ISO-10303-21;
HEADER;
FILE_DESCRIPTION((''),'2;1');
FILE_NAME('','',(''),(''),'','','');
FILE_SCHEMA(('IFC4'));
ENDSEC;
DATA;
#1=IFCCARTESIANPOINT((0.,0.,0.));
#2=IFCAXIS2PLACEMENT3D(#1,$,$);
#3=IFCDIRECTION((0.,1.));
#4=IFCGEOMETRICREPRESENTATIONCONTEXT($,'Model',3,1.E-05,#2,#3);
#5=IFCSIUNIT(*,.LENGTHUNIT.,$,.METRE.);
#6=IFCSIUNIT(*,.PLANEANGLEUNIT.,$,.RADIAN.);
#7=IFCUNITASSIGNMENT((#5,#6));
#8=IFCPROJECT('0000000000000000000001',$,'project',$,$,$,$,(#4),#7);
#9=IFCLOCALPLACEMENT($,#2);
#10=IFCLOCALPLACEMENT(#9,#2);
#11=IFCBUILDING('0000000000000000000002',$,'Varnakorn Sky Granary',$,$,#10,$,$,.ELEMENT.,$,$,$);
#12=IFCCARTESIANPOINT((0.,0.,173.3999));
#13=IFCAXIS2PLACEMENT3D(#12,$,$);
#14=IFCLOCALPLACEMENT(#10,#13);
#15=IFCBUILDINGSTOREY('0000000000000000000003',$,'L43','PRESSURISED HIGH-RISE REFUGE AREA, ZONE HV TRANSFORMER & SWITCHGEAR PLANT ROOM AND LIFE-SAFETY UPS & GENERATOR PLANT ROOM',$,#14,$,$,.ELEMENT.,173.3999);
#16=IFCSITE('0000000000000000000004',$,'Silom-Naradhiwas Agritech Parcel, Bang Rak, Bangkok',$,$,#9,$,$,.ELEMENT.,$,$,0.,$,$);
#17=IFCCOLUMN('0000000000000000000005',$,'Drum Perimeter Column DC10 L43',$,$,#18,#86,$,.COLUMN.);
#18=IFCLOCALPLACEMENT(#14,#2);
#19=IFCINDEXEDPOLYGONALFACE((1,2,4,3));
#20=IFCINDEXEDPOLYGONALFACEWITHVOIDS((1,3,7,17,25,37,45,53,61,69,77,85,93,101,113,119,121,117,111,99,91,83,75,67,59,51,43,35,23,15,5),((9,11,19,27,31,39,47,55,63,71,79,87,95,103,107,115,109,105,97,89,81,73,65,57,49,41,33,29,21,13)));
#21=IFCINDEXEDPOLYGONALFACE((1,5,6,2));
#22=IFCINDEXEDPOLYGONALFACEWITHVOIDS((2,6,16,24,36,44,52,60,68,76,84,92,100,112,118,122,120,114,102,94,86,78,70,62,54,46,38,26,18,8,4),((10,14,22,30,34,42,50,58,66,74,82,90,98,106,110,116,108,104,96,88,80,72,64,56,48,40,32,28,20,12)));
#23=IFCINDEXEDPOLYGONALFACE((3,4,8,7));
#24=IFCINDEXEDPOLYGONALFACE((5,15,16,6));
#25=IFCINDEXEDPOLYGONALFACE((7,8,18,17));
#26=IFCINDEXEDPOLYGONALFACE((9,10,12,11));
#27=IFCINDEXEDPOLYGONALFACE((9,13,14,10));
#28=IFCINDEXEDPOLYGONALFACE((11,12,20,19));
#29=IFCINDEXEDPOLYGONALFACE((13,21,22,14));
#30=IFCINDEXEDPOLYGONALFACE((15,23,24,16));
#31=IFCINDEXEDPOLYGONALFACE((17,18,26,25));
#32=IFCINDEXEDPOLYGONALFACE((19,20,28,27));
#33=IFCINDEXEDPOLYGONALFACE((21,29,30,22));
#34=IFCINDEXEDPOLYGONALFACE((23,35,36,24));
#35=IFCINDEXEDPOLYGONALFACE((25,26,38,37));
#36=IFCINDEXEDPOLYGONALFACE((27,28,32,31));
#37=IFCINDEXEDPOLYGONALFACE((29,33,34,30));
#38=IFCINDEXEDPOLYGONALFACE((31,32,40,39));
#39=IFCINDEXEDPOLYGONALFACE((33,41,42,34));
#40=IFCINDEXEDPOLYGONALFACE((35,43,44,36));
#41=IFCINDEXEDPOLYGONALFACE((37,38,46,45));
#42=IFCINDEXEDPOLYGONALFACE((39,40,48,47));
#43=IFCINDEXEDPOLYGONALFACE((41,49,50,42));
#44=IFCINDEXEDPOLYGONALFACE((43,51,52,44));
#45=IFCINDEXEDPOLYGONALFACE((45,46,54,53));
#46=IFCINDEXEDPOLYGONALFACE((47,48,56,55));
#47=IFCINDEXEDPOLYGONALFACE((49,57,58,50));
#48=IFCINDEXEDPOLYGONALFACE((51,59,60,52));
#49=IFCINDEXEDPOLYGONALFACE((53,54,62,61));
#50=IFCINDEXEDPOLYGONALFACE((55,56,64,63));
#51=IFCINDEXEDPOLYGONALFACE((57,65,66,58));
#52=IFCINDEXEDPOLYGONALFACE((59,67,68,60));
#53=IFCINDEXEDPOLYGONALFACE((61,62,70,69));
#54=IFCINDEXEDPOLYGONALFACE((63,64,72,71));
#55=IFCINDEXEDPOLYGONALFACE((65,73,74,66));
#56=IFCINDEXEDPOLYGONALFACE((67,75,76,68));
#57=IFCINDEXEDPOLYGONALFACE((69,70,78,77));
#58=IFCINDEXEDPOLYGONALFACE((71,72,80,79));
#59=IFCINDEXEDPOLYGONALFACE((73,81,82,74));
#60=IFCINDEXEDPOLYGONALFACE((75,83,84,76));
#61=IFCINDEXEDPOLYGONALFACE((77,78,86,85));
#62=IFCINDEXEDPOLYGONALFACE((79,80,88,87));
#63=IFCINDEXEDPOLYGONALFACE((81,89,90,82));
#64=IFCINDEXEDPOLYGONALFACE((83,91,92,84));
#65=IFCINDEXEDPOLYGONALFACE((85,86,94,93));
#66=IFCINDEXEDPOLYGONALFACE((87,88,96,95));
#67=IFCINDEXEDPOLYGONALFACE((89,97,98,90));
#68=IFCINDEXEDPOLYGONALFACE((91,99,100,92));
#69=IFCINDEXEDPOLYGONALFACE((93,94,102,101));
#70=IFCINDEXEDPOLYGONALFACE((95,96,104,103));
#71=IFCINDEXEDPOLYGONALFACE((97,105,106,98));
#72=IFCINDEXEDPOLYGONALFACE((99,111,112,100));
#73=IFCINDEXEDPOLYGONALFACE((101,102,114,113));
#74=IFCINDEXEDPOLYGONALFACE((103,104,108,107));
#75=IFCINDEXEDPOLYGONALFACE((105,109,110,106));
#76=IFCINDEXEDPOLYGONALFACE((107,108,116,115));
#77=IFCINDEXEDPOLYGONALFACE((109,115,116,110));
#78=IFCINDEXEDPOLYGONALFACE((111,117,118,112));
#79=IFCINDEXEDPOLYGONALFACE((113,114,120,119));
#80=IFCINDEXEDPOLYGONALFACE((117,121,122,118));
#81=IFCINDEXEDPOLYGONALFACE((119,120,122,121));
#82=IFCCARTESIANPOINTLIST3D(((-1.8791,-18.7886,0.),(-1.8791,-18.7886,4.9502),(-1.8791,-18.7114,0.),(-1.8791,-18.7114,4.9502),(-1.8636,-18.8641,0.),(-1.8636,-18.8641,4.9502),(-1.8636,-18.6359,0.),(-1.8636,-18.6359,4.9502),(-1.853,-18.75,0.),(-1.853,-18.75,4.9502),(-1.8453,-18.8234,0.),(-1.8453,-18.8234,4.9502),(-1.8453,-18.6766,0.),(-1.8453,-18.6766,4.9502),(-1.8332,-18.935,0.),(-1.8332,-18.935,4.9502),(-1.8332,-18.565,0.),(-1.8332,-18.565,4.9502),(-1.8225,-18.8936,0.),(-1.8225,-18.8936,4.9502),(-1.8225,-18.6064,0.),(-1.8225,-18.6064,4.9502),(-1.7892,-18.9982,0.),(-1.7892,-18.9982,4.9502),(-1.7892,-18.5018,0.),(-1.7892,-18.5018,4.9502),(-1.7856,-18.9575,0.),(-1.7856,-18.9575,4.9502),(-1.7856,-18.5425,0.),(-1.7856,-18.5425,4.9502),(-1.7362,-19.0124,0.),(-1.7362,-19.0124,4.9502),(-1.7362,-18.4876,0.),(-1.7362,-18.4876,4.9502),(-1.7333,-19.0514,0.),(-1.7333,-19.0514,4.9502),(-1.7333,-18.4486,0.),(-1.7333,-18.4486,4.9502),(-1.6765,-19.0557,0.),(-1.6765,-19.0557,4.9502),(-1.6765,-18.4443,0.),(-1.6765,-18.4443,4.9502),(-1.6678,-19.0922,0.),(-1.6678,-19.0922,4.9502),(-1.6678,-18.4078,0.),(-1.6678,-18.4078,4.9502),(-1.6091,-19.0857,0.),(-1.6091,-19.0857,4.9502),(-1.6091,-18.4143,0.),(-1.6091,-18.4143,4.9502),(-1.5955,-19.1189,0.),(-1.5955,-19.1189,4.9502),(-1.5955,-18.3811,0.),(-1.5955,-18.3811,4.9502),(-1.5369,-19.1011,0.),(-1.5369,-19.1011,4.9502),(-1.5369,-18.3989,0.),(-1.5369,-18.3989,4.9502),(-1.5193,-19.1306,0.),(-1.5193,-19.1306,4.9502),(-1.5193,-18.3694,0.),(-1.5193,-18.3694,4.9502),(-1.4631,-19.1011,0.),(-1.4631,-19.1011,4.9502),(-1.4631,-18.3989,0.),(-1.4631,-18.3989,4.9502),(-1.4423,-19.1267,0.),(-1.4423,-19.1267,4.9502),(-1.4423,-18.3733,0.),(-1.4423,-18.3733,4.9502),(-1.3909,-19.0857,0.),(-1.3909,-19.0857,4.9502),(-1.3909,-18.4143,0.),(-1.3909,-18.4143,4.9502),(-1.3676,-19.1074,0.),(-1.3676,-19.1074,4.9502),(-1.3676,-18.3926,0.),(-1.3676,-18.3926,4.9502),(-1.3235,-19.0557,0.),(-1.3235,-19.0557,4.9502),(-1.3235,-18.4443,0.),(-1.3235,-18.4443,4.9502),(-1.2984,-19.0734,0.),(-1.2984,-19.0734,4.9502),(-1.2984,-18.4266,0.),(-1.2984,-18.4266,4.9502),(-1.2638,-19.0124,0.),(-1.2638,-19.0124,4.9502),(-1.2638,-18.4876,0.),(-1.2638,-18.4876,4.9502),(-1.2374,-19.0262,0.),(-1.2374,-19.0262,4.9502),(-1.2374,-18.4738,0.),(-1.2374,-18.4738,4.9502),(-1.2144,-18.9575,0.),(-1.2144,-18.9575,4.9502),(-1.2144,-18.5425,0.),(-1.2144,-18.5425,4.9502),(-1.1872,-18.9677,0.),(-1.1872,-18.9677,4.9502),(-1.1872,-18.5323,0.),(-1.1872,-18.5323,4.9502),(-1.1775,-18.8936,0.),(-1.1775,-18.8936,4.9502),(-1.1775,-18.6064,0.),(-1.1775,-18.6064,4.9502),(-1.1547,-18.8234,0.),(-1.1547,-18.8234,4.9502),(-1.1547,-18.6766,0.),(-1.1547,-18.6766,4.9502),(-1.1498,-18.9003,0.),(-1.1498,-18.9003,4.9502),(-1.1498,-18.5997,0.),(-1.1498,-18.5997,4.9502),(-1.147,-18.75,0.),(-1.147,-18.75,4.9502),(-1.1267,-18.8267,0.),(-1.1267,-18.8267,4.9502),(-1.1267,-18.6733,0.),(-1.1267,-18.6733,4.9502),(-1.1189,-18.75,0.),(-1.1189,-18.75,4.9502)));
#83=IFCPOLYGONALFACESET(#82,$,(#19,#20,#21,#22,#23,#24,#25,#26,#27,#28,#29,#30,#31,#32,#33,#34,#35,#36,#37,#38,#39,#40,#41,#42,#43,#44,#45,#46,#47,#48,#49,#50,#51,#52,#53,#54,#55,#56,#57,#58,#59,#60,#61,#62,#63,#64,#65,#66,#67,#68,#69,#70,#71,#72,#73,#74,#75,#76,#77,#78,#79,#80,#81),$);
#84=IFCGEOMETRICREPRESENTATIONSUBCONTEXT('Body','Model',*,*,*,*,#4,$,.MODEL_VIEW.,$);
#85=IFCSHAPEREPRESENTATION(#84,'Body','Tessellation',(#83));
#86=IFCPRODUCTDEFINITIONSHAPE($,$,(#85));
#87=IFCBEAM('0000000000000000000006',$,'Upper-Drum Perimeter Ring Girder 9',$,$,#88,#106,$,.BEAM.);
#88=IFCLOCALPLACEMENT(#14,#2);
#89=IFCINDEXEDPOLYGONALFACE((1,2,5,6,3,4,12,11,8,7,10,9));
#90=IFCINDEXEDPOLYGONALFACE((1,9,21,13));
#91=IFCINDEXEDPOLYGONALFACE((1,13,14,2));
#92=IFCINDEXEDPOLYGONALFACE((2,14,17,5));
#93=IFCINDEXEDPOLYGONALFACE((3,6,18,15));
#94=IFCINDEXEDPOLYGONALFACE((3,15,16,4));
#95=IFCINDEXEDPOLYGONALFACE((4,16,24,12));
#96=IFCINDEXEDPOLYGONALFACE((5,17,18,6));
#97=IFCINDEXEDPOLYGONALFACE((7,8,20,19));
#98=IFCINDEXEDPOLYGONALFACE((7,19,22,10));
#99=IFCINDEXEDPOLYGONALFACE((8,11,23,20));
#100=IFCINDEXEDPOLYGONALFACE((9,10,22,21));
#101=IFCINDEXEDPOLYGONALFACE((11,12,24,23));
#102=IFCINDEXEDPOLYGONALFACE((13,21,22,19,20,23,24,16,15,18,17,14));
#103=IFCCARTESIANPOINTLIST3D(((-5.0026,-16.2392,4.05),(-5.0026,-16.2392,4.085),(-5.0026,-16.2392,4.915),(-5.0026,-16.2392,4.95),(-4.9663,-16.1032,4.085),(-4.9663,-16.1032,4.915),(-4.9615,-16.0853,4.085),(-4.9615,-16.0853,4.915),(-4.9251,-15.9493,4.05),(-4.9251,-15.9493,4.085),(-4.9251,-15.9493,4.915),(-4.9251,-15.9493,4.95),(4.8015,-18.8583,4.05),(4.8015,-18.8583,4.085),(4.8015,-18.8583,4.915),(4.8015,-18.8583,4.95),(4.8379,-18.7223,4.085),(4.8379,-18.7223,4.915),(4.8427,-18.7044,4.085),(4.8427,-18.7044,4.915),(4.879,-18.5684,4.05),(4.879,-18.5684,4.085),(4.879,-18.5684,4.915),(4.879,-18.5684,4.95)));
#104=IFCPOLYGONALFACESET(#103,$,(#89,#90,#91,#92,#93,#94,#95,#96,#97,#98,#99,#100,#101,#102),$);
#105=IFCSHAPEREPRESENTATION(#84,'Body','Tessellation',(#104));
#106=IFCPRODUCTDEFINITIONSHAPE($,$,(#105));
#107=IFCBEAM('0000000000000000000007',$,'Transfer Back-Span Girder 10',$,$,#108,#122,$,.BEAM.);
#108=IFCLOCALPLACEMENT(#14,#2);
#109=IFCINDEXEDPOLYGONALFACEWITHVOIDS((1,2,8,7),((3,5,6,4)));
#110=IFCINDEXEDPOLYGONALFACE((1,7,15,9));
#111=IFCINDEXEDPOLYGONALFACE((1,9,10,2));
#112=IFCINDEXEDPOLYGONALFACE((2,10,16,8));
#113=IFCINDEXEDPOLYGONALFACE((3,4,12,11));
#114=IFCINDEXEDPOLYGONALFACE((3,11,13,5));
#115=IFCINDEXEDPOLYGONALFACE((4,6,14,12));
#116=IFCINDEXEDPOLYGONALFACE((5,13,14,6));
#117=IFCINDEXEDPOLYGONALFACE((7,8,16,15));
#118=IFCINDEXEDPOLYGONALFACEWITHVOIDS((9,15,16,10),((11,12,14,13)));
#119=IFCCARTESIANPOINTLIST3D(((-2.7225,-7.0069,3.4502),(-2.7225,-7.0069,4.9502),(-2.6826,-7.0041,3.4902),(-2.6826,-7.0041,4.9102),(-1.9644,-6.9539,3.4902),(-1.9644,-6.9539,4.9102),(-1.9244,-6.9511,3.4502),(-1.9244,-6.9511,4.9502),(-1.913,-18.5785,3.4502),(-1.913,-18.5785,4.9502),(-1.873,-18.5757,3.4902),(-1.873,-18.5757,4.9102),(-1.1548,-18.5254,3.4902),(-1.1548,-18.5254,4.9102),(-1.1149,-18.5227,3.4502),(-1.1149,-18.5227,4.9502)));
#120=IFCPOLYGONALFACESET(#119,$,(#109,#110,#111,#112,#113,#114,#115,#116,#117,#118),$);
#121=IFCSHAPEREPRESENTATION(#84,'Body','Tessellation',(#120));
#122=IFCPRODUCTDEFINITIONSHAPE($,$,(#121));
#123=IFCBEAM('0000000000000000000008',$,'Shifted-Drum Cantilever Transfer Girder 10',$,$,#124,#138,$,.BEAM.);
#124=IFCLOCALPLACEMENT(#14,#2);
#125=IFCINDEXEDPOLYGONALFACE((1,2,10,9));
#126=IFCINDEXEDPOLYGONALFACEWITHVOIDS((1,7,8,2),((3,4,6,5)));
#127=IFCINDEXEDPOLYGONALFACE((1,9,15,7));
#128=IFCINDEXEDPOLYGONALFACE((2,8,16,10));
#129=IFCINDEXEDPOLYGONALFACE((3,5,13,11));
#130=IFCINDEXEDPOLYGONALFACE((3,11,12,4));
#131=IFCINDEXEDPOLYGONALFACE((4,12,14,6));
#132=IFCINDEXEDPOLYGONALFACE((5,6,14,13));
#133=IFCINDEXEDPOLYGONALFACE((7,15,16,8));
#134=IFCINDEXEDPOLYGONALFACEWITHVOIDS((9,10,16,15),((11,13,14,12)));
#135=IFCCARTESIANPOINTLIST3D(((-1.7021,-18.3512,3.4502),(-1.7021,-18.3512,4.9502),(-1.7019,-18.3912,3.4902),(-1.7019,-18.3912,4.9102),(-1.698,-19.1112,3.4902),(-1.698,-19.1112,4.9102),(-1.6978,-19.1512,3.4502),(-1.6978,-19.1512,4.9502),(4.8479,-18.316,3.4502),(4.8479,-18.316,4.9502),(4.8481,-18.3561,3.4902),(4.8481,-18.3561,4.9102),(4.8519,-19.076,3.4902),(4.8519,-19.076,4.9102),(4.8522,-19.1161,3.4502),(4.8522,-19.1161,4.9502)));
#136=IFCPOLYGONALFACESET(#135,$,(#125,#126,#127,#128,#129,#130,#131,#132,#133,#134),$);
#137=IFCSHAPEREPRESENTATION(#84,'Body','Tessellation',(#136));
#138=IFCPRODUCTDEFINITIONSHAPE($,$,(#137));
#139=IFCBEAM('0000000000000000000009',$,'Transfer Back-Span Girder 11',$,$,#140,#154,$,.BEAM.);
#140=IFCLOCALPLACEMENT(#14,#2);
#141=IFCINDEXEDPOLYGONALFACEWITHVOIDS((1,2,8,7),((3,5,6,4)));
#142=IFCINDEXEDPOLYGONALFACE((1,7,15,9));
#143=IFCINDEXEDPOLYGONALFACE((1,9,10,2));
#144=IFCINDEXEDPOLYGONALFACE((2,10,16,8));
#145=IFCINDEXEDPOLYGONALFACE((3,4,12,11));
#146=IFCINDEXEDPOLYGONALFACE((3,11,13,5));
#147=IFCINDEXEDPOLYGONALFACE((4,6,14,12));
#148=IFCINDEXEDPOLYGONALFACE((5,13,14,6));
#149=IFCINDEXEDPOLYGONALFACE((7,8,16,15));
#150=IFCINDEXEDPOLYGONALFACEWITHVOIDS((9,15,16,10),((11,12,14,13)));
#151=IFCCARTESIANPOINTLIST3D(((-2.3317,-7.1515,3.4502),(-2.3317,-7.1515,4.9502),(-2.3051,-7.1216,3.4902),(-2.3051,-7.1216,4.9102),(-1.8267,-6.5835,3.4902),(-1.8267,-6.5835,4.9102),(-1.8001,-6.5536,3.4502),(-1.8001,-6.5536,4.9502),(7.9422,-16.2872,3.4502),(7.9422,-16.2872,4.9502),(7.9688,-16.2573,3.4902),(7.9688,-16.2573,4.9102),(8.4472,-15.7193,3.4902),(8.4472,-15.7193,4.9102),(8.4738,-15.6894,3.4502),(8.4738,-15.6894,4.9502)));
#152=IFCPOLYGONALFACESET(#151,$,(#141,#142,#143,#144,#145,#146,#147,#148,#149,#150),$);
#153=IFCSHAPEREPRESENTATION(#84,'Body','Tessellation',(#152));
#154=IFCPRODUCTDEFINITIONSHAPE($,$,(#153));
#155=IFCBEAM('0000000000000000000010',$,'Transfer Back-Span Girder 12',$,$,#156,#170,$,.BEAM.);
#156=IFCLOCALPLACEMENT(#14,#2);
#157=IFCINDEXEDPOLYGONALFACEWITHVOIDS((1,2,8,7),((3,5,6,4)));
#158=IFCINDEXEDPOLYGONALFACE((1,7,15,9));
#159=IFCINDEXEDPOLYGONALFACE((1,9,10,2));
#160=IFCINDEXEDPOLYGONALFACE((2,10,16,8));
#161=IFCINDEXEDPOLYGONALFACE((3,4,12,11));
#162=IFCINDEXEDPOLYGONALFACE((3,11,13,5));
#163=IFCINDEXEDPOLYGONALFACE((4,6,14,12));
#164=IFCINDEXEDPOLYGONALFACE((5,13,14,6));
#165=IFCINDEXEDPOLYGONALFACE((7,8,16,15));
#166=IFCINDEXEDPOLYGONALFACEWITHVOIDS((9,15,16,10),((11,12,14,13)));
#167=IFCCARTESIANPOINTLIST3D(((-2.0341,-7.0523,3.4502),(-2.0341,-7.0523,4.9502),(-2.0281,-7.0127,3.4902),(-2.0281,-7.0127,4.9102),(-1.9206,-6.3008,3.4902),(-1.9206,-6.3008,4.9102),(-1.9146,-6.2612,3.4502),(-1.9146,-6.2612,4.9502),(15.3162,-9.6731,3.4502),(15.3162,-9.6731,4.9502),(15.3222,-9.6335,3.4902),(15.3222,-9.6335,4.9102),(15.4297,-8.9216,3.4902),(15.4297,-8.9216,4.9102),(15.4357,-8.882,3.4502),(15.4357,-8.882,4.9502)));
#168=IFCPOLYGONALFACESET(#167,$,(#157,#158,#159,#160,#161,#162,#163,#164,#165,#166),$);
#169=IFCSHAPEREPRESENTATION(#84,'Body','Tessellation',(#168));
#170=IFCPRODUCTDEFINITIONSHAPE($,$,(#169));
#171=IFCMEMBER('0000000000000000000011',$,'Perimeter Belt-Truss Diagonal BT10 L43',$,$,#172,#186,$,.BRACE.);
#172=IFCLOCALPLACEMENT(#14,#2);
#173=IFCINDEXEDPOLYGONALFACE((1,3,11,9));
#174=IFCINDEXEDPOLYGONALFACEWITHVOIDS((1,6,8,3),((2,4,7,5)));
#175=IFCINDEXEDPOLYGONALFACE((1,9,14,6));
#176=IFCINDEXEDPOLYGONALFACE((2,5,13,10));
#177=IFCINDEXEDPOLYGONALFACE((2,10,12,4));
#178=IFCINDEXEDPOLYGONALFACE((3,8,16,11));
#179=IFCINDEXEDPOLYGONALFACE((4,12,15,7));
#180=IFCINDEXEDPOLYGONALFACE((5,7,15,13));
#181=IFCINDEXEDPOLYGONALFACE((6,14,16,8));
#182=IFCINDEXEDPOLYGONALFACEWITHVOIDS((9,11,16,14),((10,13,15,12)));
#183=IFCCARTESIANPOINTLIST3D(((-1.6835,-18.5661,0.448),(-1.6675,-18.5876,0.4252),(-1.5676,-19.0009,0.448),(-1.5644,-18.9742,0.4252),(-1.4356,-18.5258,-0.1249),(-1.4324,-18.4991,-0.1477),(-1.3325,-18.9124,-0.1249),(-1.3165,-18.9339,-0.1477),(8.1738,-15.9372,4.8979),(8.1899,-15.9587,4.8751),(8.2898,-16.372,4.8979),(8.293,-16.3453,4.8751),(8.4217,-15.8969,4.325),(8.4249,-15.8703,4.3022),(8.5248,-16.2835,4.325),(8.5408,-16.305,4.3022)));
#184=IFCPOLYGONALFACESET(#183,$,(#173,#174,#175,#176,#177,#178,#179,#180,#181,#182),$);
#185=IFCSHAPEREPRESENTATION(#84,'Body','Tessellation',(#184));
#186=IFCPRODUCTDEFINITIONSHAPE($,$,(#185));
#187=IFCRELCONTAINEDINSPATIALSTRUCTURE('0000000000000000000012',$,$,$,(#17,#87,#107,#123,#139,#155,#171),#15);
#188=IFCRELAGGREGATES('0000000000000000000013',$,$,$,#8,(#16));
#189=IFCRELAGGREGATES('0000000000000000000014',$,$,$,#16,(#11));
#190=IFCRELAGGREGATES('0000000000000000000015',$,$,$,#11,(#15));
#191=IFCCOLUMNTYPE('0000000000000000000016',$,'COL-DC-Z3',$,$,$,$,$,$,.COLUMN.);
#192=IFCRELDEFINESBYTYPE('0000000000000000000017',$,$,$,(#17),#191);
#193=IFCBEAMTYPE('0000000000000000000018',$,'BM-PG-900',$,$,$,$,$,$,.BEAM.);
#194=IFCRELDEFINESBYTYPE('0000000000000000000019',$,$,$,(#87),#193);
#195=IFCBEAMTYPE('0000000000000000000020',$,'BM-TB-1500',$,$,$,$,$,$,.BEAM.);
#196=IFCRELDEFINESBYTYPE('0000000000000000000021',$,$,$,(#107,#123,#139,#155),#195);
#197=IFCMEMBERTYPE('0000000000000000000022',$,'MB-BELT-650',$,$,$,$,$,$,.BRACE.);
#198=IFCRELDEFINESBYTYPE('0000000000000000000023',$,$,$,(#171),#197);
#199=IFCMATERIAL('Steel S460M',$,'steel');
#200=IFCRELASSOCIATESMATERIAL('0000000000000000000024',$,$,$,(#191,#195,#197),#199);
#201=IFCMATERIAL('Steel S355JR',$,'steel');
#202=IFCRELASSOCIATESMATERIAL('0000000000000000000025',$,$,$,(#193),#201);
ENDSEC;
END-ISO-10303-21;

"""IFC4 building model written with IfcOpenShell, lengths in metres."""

from ifc_helpers import new_model, si_unit, direction, frame, origin, origin_2d, place, context, subcontext, project, spatial, hollow_rectangle, hollow_circle, i_section, extrude, material, material_profile, profile_set, type_object, element, save


model = new_model("IFC4")

# Units and contexts
model_context = context("Model", 3, precision=1e-05, world=origin(), true_north=direction((0.0, 1.0)))
body_context = subcontext(model_context, "Body", "Model", "MODEL_VIEW")
ifc_project = project(units=[si_unit("LENGTHUNIT", "METRE"), si_unit("PLANEANGLEUNIT", "RADIAN")], contexts=[model_context])

# Site, building, storey
site_placement = place(None, origin())
site = spatial("IfcSite", under=ifc_project, at=site_placement, Name="Silom-Naradhiwas Agritech Parcel, Bang Rak, Bangkok", CompositionType="ELEMENT", RefElevation=0.0)
building_placement = place(site_placement, origin())
building = spatial("IfcBuilding", under=site, at=building_placement, Name="Varnakorn Sky Granary", CompositionType="ELEMENT")
storey_placement = place(building_placement, frame((0.0, 0.0, 173.3999)))
storey = spatial("IfcBuildingStorey", under=building, at=storey_placement, Name="L43", Description="PRESSURISED HIGH-RISE REFUGE AREA, ZONE HV TRANSFORMER & SWITCHGEAR PLANT ROOM AND LIFE-SAFETY UPS & GENERATOR PLANT ROOM", CompositionType="ELEMENT", Elevation=173.3999)

# Column
ifc_material_1 = material(Name="Steel S460M", Category="steel")
ifc_material_profile_1 = material_profile(ifc_material_1, hollow_circle(Radius=0.3811, WallThickness=0.0281, at=origin_2d()), Name="CHS 762x28")
ifc_profile_set_1 = profile_set([ifc_material_profile_1], Name="Steel S460M")
column_type = type_object("IfcColumnType", Name="COL-DC-Z3", PredefinedType="COLUMN", material=ifc_profile_set_1)
column_placement = place(storey_placement, frame((-1.5, -18.75, 0.0), z_axis=(0.0, 0.0, 1.0), x_axis=(1.0, 0.0, 0.0)))
element("IfcColumn", 1, at=column_placement, inside=storey, type_object=column_type, Name="Drum Perimeter Column DC10 L43", PredefinedType="COLUMN", context=body_context, shape_type="SweptSolid", body=[
    extrude(hollow_circle(Radius=0.3811, WallThickness=0.0281, at=origin_2d()), origin(), (0.0, 0.0, 1.0), 4.9502),
])

# Beams
ifc_material_2 = material(Name="Steel S355JR", Category="steel")
ifc_material_profile_2 = material_profile(ifc_material_2, i_section(OverallWidth=0.3, OverallDepth=0.8999, WebThickness=0.0186, FlangeThickness=0.0349, at=origin_2d()), Name="HE 900 B")
ifc_profile_set_2 = profile_set([ifc_material_profile_2], Name="Steel S355JR")
beam_type_1 = type_object("IfcBeamType", Name="BM-PG-900", PredefinedType="BEAM", material=ifc_profile_set_2)
beam_1_placement = place(storey_placement, frame((-4.9639, -16.0942, 4.5), z_axis=(0.96612, -0.258094, 0.0), x_axis=(0.258094, 0.96612, 0.0)))
element("IfcBeam", 2, at=beam_1_placement, inside=storey, type_object=beam_type_1, Name="Upper-Drum Perimeter Ring Girder 9", PredefinedType="BEAM", context=body_context, shape_type="SweptSolid", body=[
    extrude(i_section(OverallWidth=0.3, OverallDepth=0.8999, WebThickness=0.0186, FlangeThickness=0.0349, at=origin_2d()), origin(), (0.0, 0.0, 1.0), 10.1479),
])
ifc_material_profile_3 = material_profile(ifc_material_1, hollow_rectangle(XDim=0.8, YDim=1.5, WallThickness=0.04, at=origin_2d()), Name="BOX 800x1500x40")
ifc_profile_set_3 = profile_set([ifc_material_profile_3], Name="Steel S460M")
beam_type_2 = type_object("IfcBeamType", Name="BM-TB-1500", PredefinedType="BEAM", material=ifc_profile_set_3)
beam_2_placement = place(storey_placement, frame((-2.3235, -6.979, 4.2002), z_axis=(0.069792, -0.997562, 0.0), x_axis=(0.997562, 0.069792, 0.0)))
element("IfcBeam", 3, at=beam_2_placement, inside=storey, type_object=beam_type_2, Name="Transfer Back-Span Girder 10", PredefinedType="BEAM", context=body_context, shape_type="SweptSolid", body=[
    extrude(hollow_rectangle(XDim=0.8, YDim=1.5, WallThickness=0.04, at=origin_2d()), origin(), (0.0, 0.0, 1.0), 11.5999),
])
beam_3_placement = place(storey_placement, frame((-1.7, -18.7512, 4.2002), z_axis=(0.999986, 0.005367, 0.0), x_axis=(-0.005367, 0.999986, 0.0)))
element("IfcBeam", 4, at=beam_3_placement, inside=storey, type_object=beam_type_2, Name="Shifted-Drum Cantilever Transfer Girder 10", PredefinedType="BEAM", context=body_context, shape_type="SweptSolid", body=[
    extrude(hollow_rectangle(XDim=0.8, YDim=1.5, WallThickness=0.04, at=origin_2d()), origin(), (0.0, 0.0, 1.0), 6.55),
])
beam_4_placement = place(storey_placement, frame((-2.0659, -6.8525, 4.2002), z_axis=(0.747288, -0.664501, 0.0), x_axis=(0.664501, 0.747288, 0.0)))
element("IfcBeam", 5, at=beam_4_placement, inside=storey, type_object=beam_type_2, Name="Transfer Back-Span Girder 11", PredefinedType="BEAM", context=body_context, shape_type="SweptSolid", body=[
    extrude(hollow_rectangle(XDim=0.8, YDim=1.5, WallThickness=0.04, at=origin_2d()), origin(), (0.0, 0.0, 1.0), 13.7483),
])
beam_5_placement = place(storey_placement, frame((-1.9744, -6.6567, 4.2002), z_axis=(0.988783, -0.14936, 0.0), x_axis=(0.14936, 0.988783, 0.0)))
element("IfcBeam", 6, at=beam_5_placement, inside=storey, type_object=beam_type_2, Name="Transfer Back-Span Girder 12", PredefinedType="BEAM", context=body_context, shape_type="SweptSolid", body=[
    extrude(hollow_rectangle(XDim=0.8, YDim=1.5, WallThickness=0.04, at=origin_2d()), origin(), (0.0, 0.0, 1.0), 17.5471),
])

# Member
ifc_material_profile_4 = material_profile(ifc_material_1, hollow_rectangle(XDim=0.45, YDim=0.6499, WallThickness=0.0249, at=origin_2d()), Name="RHS 450x650x25")
ifc_profile_set_4 = profile_set([ifc_material_profile_4], Name="Steel S460M")
member_type_1 = type_object("IfcMemberType", Name="MB-BELT-650", PredefinedType="BRACE", material=ifc_profile_set_4)
member_1_placement = place(storey_placement, frame((-1.5, -18.75, 0.1501), z_axis=(0.885644, 0.236195, 0.399808), x_axis=(-0.257686, 0.966229, 0.0)))
element("IfcMember", 7, at=member_1_placement, inside=storey, type_object=member_type_1, Name="Perimeter Belt-Truss Diagonal BT10 L43", PredefinedType="BRACE", context=body_context, shape_type="SweptSolid", body=[
    extrude(hollow_rectangle(XDim=0.45, YDim=0.6499, WallThickness=0.0249, at=origin_2d()), origin(), (0.0, 0.0, 1.0), 11.1301),
])

save(model, "model.ifc")
